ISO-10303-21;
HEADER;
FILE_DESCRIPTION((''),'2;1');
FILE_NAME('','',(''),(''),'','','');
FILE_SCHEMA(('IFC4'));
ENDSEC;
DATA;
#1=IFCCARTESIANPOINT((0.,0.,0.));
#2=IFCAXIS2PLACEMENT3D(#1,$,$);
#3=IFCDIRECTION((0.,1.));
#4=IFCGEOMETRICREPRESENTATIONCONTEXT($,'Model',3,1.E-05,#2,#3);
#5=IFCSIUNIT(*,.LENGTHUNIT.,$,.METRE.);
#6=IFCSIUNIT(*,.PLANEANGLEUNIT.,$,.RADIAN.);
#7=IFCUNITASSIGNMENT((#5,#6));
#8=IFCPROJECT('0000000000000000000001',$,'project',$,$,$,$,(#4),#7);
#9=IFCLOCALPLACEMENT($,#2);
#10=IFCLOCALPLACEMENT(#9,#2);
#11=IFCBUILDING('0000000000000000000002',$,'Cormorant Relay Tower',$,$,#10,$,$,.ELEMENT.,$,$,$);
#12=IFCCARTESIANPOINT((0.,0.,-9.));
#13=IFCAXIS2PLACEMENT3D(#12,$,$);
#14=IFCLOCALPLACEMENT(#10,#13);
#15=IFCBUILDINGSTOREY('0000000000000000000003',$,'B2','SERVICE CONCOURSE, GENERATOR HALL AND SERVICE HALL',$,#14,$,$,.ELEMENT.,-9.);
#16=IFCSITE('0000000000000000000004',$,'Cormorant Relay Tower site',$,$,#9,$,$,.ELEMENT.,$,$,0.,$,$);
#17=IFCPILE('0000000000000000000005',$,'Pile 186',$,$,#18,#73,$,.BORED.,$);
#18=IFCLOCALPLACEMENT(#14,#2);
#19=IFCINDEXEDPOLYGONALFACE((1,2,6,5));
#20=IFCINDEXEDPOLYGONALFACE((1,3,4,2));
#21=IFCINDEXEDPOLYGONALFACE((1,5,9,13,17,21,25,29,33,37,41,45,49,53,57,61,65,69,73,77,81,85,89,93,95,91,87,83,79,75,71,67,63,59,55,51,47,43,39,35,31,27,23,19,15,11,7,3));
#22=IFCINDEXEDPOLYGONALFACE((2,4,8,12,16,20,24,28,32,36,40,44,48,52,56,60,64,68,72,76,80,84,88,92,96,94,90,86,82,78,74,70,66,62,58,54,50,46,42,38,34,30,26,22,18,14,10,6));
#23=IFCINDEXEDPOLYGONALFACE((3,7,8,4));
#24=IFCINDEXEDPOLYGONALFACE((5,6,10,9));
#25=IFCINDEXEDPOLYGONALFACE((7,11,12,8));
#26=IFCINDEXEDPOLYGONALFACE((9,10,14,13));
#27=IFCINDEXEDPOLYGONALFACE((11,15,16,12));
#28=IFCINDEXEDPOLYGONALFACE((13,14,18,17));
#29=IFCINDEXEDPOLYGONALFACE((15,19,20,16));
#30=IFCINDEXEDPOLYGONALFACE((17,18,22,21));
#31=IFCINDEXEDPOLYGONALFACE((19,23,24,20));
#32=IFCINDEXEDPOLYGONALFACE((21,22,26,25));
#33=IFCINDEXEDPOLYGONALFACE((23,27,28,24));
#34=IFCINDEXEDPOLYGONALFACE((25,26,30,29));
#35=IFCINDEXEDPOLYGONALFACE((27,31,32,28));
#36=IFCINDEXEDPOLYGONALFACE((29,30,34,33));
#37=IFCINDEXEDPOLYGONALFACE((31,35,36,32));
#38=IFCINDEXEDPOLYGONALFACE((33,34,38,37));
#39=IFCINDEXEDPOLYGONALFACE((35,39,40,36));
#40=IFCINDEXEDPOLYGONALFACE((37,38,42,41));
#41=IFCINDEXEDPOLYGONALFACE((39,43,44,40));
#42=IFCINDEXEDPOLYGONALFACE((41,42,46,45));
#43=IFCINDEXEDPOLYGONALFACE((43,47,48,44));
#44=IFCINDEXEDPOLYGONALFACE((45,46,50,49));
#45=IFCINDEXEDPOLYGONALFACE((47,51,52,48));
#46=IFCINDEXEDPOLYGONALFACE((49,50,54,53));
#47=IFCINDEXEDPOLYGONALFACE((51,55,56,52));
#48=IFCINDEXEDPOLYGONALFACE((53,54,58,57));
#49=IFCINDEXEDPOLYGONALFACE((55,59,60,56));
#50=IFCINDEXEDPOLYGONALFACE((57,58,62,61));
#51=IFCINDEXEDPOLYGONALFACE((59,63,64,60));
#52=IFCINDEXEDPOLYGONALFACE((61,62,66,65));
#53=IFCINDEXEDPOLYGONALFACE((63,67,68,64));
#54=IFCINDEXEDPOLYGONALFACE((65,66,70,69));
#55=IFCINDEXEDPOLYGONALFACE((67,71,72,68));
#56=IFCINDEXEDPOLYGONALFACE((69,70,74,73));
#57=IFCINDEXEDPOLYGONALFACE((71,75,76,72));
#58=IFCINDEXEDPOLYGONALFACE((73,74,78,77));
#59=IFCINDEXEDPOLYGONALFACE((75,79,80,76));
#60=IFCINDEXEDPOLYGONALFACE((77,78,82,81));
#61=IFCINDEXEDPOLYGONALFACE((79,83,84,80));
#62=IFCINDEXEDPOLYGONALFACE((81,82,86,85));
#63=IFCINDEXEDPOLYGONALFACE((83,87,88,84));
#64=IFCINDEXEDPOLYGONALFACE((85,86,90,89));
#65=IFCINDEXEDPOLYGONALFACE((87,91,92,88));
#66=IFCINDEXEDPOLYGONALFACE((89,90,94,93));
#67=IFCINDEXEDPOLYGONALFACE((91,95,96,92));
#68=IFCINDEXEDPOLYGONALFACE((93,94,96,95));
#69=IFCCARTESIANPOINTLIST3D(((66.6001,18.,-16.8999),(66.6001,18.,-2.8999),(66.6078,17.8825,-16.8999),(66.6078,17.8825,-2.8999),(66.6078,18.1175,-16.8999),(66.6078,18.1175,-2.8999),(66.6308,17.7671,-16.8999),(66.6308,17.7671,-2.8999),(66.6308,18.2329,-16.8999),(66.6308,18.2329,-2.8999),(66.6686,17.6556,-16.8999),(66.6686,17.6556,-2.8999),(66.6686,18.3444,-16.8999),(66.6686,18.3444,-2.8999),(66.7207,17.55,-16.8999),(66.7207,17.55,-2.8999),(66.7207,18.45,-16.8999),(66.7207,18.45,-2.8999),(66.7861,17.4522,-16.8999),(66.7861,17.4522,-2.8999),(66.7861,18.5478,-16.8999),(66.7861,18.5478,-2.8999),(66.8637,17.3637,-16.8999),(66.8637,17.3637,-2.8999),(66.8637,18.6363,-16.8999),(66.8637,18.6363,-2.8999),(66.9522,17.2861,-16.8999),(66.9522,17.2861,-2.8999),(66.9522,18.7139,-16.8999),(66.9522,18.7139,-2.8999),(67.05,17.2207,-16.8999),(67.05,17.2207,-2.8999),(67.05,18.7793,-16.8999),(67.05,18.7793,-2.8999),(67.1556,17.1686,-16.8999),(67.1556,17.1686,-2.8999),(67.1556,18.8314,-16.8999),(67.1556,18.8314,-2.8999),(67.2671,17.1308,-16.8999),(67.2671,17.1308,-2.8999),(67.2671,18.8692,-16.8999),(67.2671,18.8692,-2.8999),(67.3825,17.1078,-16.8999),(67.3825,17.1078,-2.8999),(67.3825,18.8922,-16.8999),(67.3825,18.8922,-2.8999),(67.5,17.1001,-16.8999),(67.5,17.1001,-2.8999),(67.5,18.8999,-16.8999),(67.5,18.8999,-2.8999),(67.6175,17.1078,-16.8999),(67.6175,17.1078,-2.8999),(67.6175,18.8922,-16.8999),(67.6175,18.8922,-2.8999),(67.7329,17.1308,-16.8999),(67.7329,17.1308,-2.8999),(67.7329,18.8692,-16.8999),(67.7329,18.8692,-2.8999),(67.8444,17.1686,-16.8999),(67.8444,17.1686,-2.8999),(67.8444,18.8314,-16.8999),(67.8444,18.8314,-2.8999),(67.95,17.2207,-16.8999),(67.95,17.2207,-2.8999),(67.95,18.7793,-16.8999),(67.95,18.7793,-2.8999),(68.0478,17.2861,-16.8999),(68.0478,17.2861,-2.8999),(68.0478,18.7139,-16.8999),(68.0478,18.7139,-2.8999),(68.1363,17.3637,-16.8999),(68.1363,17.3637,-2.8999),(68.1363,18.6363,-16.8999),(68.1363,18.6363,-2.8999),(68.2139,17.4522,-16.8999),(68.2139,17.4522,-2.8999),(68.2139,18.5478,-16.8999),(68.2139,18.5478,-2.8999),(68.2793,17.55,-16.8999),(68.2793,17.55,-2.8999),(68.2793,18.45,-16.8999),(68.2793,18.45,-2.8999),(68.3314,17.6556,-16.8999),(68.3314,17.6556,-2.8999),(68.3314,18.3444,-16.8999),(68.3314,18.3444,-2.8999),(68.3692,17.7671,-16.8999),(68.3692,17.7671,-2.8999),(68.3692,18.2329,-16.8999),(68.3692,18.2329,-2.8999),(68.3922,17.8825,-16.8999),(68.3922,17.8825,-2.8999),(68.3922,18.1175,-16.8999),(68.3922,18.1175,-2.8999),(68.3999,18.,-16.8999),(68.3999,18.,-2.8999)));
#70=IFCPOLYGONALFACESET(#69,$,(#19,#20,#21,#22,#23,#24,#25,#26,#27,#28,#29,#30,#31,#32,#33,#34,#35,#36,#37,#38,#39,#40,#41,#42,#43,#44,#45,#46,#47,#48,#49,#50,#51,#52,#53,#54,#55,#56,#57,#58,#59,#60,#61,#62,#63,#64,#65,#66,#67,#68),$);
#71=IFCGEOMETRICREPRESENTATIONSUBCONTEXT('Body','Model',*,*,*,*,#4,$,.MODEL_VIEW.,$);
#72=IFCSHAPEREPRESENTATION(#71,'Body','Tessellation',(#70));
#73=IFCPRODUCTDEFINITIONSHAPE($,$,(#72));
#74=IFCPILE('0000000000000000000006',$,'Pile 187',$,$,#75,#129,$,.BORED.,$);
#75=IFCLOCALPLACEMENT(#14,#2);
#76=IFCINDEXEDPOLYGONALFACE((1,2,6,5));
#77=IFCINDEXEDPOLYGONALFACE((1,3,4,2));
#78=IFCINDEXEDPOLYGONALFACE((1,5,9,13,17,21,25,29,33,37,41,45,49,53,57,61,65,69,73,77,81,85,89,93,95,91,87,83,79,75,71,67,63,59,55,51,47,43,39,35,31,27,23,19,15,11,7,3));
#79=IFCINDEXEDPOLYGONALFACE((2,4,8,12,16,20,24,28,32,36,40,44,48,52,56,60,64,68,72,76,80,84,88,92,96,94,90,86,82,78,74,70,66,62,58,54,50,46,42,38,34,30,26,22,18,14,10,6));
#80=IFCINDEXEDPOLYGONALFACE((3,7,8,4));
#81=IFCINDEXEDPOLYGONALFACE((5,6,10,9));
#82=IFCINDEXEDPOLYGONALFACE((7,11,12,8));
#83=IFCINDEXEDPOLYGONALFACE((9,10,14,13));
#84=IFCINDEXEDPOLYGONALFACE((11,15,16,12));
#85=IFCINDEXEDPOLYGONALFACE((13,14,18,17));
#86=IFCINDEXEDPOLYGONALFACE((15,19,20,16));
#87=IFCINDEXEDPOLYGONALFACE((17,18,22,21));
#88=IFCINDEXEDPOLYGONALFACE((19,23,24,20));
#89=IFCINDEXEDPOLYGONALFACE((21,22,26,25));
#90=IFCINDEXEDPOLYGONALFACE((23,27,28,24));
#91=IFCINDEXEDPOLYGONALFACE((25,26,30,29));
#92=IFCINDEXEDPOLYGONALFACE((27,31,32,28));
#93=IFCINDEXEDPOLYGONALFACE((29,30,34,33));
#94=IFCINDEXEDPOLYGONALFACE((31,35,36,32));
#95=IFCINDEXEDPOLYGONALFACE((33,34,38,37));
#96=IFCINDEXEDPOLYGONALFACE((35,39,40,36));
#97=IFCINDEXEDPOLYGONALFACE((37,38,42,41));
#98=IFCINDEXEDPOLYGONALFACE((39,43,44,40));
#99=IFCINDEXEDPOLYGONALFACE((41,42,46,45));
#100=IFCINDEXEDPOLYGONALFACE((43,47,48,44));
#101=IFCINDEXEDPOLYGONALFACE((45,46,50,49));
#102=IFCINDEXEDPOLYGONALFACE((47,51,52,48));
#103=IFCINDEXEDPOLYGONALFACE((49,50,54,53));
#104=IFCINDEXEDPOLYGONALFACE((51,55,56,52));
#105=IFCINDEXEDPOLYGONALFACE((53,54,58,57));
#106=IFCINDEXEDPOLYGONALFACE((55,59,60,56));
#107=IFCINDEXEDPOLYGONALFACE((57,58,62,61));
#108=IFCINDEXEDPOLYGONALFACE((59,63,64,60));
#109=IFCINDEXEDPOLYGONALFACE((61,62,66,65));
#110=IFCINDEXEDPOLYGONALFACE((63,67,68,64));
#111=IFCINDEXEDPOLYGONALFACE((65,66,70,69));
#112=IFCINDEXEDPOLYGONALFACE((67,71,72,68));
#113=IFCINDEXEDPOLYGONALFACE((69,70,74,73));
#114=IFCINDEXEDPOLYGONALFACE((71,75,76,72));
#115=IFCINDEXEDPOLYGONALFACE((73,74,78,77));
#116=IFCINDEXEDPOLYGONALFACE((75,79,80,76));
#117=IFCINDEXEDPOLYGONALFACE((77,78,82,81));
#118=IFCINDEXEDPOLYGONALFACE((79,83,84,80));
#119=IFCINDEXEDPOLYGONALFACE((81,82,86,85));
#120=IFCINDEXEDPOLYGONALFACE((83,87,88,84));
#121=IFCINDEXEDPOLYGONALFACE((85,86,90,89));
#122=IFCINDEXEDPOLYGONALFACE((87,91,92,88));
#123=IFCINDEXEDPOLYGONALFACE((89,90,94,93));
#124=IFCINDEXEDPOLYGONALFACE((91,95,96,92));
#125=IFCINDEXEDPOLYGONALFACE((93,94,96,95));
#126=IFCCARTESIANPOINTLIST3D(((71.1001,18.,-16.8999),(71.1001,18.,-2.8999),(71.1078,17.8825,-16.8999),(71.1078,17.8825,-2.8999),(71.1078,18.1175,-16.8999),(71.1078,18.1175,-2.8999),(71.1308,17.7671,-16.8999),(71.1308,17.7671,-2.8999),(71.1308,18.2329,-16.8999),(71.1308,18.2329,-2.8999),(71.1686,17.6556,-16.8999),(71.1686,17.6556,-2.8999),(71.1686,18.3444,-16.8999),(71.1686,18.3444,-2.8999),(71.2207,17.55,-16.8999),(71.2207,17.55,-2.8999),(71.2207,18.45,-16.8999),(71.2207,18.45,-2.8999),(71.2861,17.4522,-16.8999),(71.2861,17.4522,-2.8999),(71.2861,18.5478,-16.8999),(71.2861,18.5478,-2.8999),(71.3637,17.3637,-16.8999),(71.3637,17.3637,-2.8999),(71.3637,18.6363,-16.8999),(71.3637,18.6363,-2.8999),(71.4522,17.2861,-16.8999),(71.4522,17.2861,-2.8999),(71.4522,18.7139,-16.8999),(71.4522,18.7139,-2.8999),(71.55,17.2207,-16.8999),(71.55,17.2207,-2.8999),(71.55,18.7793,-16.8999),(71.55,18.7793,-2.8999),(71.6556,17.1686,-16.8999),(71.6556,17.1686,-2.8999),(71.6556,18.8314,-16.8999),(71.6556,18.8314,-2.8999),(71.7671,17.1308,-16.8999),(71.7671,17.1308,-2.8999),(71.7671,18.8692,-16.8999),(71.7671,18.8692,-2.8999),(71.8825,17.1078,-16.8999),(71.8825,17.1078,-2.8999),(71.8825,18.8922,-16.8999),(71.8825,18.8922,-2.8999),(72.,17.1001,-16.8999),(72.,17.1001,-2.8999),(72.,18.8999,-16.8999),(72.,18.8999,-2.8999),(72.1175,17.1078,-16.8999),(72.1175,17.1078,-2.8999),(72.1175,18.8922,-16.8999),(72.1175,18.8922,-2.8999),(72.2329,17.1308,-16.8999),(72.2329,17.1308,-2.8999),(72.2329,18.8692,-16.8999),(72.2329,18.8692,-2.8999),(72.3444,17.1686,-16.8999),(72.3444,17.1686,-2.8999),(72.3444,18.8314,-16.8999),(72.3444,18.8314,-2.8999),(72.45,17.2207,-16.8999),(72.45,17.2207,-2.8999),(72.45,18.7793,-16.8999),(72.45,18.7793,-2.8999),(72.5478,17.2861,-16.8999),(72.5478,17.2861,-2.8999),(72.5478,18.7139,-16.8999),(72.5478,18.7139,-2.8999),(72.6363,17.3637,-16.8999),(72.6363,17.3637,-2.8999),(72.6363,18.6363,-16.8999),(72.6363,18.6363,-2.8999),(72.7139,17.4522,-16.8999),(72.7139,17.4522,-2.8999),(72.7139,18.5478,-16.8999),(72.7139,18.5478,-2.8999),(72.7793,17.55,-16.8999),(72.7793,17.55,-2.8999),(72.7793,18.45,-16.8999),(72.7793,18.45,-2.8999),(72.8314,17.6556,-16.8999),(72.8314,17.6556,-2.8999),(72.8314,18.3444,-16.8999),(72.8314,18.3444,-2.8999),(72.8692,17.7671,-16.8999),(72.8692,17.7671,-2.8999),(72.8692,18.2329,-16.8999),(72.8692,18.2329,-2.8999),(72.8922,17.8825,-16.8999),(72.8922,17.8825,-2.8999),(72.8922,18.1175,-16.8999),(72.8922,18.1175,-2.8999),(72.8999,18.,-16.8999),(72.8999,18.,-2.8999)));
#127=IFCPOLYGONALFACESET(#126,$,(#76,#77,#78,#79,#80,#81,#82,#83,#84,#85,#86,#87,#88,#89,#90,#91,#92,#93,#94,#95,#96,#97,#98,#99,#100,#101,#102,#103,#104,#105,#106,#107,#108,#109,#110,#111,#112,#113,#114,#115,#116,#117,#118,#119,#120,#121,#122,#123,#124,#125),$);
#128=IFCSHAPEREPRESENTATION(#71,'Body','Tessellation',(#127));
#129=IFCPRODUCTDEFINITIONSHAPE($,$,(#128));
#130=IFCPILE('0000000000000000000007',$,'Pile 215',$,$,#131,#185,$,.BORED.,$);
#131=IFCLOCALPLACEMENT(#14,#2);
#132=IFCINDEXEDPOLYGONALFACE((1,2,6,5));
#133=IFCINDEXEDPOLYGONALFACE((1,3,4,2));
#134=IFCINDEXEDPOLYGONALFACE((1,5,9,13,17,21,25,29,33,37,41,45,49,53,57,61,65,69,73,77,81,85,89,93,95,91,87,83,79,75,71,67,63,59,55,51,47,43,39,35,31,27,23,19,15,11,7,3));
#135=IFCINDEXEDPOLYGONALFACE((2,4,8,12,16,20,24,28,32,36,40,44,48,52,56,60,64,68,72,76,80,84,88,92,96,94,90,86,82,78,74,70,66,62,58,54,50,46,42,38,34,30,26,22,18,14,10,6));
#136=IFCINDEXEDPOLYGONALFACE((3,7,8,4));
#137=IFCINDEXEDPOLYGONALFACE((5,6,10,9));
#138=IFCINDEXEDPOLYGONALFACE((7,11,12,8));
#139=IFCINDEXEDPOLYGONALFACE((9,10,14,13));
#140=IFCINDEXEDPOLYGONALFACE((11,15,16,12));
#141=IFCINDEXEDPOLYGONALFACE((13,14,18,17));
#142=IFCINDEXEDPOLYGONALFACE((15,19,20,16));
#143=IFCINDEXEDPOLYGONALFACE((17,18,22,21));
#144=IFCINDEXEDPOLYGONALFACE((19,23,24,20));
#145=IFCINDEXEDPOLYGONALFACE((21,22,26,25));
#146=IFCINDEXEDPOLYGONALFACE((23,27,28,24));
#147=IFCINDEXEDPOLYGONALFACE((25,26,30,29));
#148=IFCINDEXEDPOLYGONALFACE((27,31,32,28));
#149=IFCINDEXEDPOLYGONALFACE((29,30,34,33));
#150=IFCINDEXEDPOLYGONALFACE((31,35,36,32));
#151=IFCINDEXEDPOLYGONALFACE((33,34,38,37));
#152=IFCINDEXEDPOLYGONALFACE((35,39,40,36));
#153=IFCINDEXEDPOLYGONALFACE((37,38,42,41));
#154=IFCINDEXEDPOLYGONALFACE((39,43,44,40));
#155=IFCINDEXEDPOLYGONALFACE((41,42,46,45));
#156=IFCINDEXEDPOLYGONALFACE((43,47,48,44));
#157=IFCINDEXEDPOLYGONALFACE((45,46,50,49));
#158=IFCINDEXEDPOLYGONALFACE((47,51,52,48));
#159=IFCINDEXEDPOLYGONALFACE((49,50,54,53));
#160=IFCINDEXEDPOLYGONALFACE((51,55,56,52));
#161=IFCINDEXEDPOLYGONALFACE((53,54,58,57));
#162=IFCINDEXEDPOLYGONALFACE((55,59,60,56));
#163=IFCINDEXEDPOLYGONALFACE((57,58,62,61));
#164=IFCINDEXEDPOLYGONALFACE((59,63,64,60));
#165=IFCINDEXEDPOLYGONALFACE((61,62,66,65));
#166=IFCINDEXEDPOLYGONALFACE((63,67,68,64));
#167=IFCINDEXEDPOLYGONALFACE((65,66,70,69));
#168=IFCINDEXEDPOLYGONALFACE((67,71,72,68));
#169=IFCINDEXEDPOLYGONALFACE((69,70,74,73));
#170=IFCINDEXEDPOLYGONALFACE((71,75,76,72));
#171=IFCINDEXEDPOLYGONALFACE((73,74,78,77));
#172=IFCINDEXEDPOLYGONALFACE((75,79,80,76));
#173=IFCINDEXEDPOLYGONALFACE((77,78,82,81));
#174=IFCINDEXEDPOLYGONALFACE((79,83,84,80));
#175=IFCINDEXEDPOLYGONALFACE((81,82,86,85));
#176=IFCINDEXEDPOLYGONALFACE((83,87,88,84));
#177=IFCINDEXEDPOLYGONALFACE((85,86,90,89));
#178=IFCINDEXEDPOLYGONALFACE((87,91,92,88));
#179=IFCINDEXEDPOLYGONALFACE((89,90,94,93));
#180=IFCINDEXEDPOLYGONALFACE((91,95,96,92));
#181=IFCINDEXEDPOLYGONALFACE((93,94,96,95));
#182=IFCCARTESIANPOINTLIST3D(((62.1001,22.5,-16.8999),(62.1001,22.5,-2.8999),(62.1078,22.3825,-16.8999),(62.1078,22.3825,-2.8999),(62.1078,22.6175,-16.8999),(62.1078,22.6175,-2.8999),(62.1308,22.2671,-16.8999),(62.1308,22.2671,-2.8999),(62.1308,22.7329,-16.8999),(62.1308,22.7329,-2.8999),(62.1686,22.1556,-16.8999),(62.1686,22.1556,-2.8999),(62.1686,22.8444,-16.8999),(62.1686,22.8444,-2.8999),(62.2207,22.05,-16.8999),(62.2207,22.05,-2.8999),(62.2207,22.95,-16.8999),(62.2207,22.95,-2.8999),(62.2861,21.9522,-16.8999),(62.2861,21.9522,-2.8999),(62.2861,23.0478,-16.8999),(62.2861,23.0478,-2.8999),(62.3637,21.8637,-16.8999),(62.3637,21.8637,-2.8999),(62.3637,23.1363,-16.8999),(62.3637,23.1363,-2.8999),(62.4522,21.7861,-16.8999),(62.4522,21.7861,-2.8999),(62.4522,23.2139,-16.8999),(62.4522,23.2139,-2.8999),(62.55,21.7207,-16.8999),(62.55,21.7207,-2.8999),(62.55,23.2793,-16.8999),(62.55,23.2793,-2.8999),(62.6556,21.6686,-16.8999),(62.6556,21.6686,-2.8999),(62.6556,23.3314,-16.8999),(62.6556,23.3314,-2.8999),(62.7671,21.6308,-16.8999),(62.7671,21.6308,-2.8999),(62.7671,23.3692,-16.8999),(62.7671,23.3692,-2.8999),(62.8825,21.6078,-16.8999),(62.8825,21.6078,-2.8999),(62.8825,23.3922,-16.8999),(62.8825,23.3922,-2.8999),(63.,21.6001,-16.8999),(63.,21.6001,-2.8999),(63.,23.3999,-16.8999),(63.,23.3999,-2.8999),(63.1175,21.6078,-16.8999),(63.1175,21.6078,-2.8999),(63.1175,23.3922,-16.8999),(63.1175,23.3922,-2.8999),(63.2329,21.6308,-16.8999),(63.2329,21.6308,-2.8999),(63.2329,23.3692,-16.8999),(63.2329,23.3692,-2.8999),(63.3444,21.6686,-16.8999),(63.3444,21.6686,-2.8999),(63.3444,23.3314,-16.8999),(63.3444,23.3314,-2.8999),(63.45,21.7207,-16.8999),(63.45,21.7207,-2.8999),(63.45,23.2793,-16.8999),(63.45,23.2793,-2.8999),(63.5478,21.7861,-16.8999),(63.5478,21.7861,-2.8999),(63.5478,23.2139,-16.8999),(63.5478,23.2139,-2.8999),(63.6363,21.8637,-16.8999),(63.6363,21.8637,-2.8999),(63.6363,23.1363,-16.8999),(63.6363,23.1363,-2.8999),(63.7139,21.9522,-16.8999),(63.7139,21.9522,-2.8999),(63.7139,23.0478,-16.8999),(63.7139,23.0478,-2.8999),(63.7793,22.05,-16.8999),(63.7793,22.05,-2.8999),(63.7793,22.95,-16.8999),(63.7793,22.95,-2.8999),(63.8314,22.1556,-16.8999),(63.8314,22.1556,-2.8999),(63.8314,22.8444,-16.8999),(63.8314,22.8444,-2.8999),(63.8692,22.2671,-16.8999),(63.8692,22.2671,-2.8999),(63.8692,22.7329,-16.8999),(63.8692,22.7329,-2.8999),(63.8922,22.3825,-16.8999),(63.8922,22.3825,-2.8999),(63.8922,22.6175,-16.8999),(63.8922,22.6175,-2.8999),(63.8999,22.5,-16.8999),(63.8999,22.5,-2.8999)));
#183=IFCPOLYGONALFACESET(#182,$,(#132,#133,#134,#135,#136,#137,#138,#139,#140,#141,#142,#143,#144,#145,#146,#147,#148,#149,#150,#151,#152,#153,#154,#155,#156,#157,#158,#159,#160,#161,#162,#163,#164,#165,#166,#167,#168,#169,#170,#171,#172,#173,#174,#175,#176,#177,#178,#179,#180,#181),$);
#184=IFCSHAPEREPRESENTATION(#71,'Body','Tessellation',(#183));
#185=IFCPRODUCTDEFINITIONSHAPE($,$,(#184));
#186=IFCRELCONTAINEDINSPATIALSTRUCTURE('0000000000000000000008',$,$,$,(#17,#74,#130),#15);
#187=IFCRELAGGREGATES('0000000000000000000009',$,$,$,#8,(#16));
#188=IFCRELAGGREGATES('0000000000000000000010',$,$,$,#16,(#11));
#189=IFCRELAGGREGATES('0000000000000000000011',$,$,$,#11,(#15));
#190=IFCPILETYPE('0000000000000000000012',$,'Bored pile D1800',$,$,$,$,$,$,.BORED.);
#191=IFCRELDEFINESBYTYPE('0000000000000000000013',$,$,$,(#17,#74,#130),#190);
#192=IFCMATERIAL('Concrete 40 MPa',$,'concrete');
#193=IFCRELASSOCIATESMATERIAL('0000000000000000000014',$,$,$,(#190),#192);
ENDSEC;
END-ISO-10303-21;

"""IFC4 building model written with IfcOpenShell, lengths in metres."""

from ifc_helpers import new_model, si_unit, direction, frame, origin, origin_2d, place, context, subcontext, project, spatial, circle, extrude, material, material_profile, profile_set, type_object, element, save


model = new_model("IFC4")

# Units and contexts
model_context = context("Model", 3, precision=1e-05, world=origin(), true_north=direction((0.0, 1.0)))
body_context = subcontext(model_context, "Body", "Model", "MODEL_VIEW")
ifc_project = project(units=[si_unit("LENGTHUNIT", "METRE"), si_unit("PLANEANGLEUNIT", "RADIAN")], contexts=[model_context])

# Site, building, storey
site_placement = place(None, origin())
site = spatial("IfcSite", under=ifc_project, at=site_placement, Name="Cormorant Relay Tower site", CompositionType="ELEMENT", RefElevation=0.0)
building_placement = place(site_placement, origin())
building = spatial("IfcBuilding", under=site, at=building_placement, Name="Cormorant Relay Tower", CompositionType="ELEMENT")
storey_placement = place(building_placement, frame((0.0, 0.0, -9.0)))
storey = spatial("IfcBuildingStorey", under=building, at=storey_placement, Name="B2", Description="SERVICE CONCOURSE, GENERATOR HALL AND SERVICE HALL", CompositionType="ELEMENT", Elevation=-9.0)

# Piles
ifc_material_1 = material(Name="Concrete 40 MPa", Category="concrete")
ifc_material_profile_1 = material_profile(ifc_material_1, circle(Radius=0.8999, at=origin_2d()), Name="BP1800")
ifc_profile_set_1 = profile_set([ifc_material_profile_1], Name="Concrete 40 MPa")
pile_type = type_object("IfcPileType", Name="Bored pile D1800", PredefinedType="BORED", material=ifc_profile_set_1)
for number, where, z_axis, x_axis, name in (
    (1, (67.5, 18.0, -2.8999), (0.0, 0.0, -1.0), (1.0, 0.0, 0.0), "Pile 186"),
    (2, (72.0, 18.0, -2.8999), (0.0, 0.0, -1.0), (1.0, 0.0, 0.0), "Pile 187"),
    (3, (63.0, 22.5, -2.8999), (0.0, 0.0, -1.0), (1.0, 0.0, 0.0), "Pile 215"),
):
    element("IfcPile", number, at=place(storey_placement, frame(where, z_axis=z_axis, x_axis=x_axis)), inside=storey, type_object=pile_type, Name=name, PredefinedType="BORED", context=body_context, shape_type="SweptSolid", body=[
        extrude(circle(Radius=0.8999, at=origin_2d()), origin(), (0.0, 0.0, 1.0), 14.0),
    ])

save(model, "model.ifc")
